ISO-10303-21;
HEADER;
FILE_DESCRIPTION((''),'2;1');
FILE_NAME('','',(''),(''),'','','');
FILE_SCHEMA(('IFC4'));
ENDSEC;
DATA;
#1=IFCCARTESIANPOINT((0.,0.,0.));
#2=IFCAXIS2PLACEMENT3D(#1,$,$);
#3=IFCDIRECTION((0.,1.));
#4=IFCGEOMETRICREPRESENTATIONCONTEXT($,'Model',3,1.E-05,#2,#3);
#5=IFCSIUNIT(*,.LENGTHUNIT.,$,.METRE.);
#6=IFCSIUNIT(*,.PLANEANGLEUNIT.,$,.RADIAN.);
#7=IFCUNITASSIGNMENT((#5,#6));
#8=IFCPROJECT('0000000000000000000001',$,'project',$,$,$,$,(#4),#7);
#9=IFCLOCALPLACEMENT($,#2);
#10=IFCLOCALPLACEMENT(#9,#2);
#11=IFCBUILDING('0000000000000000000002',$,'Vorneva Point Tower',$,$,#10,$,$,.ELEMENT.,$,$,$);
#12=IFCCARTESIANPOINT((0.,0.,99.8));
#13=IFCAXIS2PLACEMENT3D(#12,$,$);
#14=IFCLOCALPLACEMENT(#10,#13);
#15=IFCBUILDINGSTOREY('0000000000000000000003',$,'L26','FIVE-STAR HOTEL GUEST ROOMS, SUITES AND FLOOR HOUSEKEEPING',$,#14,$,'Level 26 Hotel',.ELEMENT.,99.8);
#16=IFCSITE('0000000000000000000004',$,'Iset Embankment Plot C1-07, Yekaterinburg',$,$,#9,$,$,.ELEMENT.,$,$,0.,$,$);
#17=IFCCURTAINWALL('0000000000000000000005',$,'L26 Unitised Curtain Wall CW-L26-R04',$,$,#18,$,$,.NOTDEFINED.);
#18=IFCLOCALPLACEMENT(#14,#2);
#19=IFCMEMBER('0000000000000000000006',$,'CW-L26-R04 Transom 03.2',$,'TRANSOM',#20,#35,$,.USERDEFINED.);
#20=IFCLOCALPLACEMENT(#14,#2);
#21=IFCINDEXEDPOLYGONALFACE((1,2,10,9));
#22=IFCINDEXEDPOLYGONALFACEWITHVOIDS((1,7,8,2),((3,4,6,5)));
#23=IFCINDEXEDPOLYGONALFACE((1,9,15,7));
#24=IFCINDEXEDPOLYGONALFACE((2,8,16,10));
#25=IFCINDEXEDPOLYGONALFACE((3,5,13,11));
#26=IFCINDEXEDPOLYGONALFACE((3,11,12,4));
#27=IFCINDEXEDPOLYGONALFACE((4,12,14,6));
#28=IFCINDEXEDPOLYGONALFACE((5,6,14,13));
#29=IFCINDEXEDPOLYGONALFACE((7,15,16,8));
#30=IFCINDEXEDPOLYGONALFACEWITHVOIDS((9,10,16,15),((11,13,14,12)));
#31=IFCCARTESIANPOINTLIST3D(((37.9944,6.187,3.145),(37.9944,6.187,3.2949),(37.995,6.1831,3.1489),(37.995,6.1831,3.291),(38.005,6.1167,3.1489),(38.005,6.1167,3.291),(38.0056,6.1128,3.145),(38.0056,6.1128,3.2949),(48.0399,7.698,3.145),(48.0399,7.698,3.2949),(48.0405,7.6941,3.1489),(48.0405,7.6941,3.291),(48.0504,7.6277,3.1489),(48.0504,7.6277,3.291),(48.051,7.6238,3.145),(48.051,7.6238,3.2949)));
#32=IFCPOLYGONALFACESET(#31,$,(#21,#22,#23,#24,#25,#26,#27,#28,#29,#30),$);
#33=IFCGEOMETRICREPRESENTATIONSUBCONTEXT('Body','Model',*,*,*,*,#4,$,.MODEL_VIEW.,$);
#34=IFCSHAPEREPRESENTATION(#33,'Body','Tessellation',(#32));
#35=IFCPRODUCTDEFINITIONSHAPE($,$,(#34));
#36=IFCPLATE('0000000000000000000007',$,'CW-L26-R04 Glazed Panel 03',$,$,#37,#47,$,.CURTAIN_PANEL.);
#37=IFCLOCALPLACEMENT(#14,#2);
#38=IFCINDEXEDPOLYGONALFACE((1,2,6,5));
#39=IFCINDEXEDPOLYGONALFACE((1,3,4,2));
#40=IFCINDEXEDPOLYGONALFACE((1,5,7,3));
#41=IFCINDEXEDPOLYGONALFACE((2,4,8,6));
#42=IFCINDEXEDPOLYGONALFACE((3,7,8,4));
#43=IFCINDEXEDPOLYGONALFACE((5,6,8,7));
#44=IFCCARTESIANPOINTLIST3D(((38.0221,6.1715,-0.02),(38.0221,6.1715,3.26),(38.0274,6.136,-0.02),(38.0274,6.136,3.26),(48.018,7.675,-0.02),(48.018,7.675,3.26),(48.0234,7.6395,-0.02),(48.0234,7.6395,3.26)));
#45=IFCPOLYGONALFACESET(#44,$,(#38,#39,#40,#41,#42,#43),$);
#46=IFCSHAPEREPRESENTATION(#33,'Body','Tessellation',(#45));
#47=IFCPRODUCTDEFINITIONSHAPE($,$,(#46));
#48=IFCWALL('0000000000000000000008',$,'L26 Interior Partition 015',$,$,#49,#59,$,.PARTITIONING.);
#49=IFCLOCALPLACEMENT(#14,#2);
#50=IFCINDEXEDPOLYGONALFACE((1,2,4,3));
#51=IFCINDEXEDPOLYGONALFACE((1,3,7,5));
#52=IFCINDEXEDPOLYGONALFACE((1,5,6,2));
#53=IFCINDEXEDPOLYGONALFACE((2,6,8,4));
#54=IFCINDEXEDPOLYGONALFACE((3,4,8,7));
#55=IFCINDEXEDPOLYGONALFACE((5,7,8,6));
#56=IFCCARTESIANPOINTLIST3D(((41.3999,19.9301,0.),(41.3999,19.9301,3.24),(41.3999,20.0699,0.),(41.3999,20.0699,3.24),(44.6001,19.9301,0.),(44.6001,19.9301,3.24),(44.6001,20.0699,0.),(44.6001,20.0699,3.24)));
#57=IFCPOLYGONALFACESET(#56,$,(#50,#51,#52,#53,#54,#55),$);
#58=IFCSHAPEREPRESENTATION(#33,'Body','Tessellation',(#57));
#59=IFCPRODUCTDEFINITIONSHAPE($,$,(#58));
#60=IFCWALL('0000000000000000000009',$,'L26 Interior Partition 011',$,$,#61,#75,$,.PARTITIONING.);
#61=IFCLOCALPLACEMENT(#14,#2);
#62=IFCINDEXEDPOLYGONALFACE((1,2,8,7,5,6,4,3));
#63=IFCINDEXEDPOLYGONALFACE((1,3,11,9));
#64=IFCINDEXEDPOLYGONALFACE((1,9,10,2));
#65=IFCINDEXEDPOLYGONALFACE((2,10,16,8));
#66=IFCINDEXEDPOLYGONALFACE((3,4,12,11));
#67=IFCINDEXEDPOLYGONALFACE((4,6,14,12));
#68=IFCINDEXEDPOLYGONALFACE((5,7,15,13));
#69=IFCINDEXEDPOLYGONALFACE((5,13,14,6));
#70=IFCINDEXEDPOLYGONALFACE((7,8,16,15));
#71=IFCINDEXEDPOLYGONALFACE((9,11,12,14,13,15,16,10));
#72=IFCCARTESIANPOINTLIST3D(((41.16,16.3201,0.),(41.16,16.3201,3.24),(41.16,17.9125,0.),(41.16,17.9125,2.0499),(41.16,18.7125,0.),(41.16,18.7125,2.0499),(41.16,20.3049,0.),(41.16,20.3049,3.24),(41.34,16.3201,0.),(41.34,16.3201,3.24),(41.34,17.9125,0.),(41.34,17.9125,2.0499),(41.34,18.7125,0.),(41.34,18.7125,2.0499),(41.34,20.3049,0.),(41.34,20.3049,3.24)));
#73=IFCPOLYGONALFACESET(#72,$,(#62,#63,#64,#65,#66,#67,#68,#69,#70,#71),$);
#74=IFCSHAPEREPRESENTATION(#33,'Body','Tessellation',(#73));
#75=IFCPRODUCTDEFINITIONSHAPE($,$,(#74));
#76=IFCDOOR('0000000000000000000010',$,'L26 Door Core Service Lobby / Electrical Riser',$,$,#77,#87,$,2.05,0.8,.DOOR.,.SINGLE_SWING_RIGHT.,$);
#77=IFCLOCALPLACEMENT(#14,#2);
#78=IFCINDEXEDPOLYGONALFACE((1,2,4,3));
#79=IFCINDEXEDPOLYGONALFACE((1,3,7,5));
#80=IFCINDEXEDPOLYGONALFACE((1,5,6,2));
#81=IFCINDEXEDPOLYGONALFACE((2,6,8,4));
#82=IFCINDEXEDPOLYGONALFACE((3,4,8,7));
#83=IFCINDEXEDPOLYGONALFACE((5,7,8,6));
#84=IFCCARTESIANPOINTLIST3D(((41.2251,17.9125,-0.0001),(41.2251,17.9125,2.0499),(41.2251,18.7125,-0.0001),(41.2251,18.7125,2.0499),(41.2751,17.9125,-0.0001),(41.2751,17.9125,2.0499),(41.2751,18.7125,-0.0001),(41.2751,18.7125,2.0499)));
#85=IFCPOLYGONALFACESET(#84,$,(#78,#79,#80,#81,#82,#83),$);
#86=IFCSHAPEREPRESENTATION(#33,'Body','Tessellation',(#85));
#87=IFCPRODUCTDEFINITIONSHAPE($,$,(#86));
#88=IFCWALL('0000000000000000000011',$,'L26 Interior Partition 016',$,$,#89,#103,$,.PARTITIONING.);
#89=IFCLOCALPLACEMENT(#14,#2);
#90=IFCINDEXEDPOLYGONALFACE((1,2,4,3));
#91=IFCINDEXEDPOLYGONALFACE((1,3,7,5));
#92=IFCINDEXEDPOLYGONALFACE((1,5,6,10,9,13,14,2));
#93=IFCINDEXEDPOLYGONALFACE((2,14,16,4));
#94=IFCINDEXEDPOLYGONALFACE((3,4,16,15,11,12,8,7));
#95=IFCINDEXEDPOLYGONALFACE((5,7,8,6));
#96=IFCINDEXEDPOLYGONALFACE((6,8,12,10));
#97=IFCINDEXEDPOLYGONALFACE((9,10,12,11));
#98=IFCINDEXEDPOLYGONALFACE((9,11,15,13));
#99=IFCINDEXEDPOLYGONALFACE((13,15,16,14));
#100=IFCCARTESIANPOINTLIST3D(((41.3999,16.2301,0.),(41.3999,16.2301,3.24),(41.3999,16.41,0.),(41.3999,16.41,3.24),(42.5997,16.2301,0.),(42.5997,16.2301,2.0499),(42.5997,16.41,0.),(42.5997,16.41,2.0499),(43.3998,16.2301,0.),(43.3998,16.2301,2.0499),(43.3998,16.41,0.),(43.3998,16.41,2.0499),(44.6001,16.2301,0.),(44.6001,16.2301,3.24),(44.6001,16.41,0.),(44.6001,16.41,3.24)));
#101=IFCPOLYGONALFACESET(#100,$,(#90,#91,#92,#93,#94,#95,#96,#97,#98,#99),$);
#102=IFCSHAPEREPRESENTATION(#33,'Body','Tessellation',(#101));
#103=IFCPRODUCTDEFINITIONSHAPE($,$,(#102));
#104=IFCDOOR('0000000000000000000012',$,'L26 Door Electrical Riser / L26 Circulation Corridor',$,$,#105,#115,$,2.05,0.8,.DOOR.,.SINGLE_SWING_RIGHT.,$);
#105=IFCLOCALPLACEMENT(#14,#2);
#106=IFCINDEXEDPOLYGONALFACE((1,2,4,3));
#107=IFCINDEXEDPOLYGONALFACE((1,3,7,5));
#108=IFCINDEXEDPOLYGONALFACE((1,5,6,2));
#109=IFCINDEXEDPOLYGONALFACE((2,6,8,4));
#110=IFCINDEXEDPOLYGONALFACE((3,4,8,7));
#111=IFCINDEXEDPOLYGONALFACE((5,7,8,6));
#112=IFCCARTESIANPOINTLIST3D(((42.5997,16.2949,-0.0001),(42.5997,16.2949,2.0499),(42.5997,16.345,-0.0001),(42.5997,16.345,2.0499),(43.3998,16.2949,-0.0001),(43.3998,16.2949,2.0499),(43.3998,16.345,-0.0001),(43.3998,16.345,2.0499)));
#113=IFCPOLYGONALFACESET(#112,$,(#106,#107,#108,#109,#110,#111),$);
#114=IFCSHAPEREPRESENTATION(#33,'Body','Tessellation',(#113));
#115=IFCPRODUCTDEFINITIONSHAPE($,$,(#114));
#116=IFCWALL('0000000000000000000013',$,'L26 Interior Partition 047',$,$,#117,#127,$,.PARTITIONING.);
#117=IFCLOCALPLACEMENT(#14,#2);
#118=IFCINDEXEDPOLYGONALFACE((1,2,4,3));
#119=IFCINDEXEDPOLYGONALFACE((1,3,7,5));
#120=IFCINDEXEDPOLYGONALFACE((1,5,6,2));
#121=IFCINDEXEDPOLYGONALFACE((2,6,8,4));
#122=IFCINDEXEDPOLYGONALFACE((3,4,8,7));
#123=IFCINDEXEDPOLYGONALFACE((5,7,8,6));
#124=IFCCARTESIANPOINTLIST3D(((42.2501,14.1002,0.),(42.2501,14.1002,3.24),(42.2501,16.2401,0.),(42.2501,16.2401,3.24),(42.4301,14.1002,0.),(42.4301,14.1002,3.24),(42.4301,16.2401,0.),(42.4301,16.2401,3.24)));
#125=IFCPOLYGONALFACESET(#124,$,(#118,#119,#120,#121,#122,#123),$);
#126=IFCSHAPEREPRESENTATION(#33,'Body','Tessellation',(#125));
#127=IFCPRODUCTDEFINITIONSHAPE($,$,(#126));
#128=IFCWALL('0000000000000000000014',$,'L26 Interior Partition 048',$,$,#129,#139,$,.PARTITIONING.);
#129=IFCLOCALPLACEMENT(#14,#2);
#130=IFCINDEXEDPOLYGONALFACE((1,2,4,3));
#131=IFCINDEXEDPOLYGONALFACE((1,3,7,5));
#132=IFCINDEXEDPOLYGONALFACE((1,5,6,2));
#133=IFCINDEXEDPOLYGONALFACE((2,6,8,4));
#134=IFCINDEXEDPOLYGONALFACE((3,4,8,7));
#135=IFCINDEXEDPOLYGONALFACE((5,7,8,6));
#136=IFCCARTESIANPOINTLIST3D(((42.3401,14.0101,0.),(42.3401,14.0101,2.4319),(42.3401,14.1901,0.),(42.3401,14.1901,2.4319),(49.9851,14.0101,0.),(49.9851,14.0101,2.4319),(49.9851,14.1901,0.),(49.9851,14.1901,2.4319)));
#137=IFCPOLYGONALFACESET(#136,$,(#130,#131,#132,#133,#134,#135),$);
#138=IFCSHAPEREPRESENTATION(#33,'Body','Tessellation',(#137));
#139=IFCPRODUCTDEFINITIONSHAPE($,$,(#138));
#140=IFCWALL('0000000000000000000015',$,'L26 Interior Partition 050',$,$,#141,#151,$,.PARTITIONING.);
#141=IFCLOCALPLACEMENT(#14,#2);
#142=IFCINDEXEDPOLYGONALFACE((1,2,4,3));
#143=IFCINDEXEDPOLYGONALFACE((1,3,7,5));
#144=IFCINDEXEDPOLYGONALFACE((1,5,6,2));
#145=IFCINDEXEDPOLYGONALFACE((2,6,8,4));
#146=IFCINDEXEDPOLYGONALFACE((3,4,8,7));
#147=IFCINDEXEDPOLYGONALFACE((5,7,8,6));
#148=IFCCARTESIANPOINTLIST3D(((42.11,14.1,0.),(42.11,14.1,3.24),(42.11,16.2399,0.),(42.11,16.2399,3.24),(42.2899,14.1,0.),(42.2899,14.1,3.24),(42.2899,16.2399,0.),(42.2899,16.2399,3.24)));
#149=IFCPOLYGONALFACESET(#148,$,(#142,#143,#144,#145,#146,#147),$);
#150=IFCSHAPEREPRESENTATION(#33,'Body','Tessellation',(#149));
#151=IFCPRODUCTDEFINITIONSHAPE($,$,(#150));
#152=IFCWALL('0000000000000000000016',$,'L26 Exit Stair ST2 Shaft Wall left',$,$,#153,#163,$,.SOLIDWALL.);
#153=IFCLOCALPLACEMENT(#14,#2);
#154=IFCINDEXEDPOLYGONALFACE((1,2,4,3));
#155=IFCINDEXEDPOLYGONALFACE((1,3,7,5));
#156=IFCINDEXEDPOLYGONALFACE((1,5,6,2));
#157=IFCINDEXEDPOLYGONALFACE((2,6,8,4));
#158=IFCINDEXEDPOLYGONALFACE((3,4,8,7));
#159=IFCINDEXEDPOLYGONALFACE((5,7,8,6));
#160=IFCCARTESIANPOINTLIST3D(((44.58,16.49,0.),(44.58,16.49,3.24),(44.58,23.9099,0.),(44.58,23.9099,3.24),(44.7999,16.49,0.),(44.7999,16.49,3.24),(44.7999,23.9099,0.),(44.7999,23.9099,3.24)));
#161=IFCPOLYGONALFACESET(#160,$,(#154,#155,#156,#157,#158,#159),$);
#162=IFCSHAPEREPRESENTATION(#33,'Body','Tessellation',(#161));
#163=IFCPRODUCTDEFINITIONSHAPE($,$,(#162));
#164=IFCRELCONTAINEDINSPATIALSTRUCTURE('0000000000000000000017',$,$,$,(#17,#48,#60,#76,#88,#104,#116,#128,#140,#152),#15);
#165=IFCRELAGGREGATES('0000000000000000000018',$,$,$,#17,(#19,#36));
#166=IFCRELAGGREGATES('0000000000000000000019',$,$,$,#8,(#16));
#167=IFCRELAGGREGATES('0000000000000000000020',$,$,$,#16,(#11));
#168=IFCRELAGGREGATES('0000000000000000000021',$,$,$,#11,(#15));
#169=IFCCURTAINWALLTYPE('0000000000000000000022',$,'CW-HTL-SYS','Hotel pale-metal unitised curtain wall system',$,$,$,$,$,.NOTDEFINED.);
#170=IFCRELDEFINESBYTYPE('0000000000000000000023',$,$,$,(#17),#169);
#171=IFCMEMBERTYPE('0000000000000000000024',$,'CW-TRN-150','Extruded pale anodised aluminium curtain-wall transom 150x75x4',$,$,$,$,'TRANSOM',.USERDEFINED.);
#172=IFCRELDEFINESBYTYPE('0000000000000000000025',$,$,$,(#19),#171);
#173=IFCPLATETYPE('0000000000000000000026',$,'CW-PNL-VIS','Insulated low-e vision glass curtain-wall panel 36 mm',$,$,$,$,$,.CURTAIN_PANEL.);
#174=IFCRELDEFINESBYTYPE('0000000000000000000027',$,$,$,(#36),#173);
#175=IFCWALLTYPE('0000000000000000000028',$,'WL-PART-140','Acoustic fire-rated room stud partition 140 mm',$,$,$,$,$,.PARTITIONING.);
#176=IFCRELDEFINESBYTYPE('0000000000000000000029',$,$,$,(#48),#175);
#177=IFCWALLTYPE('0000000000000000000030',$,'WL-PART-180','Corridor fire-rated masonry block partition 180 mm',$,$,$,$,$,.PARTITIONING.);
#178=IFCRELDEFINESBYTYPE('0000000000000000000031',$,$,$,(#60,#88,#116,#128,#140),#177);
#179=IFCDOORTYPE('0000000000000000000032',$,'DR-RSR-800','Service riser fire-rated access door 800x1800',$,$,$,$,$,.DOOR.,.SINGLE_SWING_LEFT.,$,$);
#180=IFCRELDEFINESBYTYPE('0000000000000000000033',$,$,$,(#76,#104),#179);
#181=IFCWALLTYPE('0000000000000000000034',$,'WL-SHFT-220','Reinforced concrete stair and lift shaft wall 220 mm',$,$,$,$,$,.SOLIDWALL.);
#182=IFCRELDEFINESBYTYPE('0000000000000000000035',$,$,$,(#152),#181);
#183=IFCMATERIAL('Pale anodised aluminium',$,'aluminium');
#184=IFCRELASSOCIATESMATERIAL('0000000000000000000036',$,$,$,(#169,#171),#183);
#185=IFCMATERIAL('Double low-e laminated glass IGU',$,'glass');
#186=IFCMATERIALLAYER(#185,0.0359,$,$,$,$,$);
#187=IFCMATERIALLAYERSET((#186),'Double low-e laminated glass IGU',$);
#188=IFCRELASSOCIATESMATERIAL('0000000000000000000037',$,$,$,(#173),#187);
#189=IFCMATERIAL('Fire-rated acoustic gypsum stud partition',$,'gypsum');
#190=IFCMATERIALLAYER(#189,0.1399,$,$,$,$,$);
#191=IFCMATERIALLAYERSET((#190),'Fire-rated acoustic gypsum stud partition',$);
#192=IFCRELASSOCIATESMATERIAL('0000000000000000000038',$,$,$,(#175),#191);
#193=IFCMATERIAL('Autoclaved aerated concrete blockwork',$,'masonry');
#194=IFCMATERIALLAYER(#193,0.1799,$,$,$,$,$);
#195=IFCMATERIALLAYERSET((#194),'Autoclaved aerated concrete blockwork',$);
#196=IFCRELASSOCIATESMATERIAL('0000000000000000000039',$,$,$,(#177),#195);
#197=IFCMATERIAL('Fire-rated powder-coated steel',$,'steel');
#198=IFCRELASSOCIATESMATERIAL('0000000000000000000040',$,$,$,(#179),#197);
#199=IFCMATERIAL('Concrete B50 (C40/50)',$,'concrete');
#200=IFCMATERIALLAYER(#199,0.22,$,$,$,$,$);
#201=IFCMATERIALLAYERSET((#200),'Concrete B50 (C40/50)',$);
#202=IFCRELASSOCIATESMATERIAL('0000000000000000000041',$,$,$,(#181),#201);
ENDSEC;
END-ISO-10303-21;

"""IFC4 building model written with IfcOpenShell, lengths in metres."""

from ifc_helpers import new_model, si_unit, direction, frame, frame_2d, origin, origin_2d, place, context, subcontext, project, spatial, rectangle, hollow_rectangle, extrude, material, layer, layer_set, material_profile, profile_set, type_object, element, fill, aggregate, save


model = new_model("IFC4")

# Units and contexts
model_context = context("Model", 3, precision=1e-05, world=origin(), true_north=direction((0.0, 1.0)))
body_context = subcontext(model_context, "Body", "Model", "MODEL_VIEW")
ifc_project = project(units=[si_unit("LENGTHUNIT", "METRE"), si_unit("PLANEANGLEUNIT", "RADIAN")], contexts=[model_context])

# Site, building, storey
site_placement = place(None, origin())
site = spatial("IfcSite", under=ifc_project, at=site_placement, Name="Iset Embankment Plot C1-07, Yekaterinburg", CompositionType="ELEMENT", RefElevation=0.0)
building_placement = place(site_placement, origin())
building = spatial("IfcBuilding", under=site, at=building_placement, Name="Vorneva Point Tower", CompositionType="ELEMENT")
storey_placement = place(building_placement, frame((0.0, 0.0, 99.8)))
storey = spatial("IfcBuildingStorey", under=building, at=storey_placement, Name="L26", Description="FIVE-STAR HOTEL GUEST ROOMS, SUITES AND FLOOR HOUSEKEEPING", LongName="Level 26 Hotel", CompositionType="ELEMENT", Elevation=99.8)

# Curtain wall, member, plate
ifc_material_1 = material(Name="Pale anodised aluminium", Category="aluminium")
curtain_wall_type = type_object("IfcCurtainWallType", Name="CW-HTL-SYS", Description="Hotel pale-metal unitised curtain wall system", PredefinedType="NOTDEFINED", material=ifc_material_1)
curtain_wall_placement = place(storey_placement, origin())
curtain_wall = element("IfcCurtainWall", 1, at=curtain_wall_placement, inside=storey, type_object=curtain_wall_type, Name="L26 Unitised Curtain Wall CW-L26-R04", PredefinedType="NOTDEFINED")
ifc_material_profile_1 = material_profile(ifc_material_1, hollow_rectangle(XDim=0.075, YDim=0.1499, WallThickness=0.0039, at=origin_2d()), Name="AL-TRN 150x75x4")
ifc_profile_set_1 = profile_set([ifc_material_profile_1], Name="Pale anodised aluminium")
member_type_1 = type_object("IfcMemberType", Name="CW-TRN-150", Description="Extruded pale anodised aluminium curtain-wall transom 150x75x4", ElementType="TRANSOM", PredefinedType="USERDEFINED", material=ifc_profile_set_1)
member_1_placement = place(storey_placement, frame((38.0, 6.1499, 3.22), z_axis=(0.988876, 0.148742, 0.0), x_axis=(-0.148742, 0.988876, 0.0)))
member_1 = element("IfcMember", 2, at=member_1_placement, type_object=member_type_1, Name="CW-L26-R04 Transom 03.2", ObjectType="TRANSOM", PredefinedType="USERDEFINED", context=body_context, shape_type="SweptSolid", body=[
    extrude(hollow_rectangle(XDim=0.075, YDim=0.1499, WallThickness=0.0039, at=origin_2d()), origin(), (0.0, 0.0, 1.0), 10.1584),
])
ifc_material_2 = material(Name="Double low-e laminated glass IGU", Category="glass")
ifc_layer_1 = layer(ifc_material_2, 0.0359)
ifc_layer_set_1 = layer_set([ifc_layer_1], Name="Double low-e laminated glass IGU")
plate_type = type_object("IfcPlateType", Name="CW-PNL-VIS", Description="Insulated low-e vision glass curtain-wall panel 36 mm", PredefinedType="CURTAIN_PANEL", material=ifc_layer_set_1)
plate_placement = place(storey_placement, frame((43.0227, 6.9055, -0.02), z_axis=(0.0, 0.0, 1.0), x_axis=(0.988876, 0.148741, 0.0)))
plate = element("IfcPlate", 3, at=plate_placement, type_object=plate_type, Name="CW-L26-R04 Glazed Panel 03", PredefinedType="CURTAIN_PANEL", context=body_context, shape_type="SweptSolid", body=[
    extrude(rectangle(XDim=10.1084, YDim=0.0359, at=origin_2d()), origin(), (0.0, 0.0, 1.0), 3.28),
])
aggregate(curtain_wall, [member_1, plate])

# Wall
ifc_material_3 = material(Name="Fire-rated acoustic gypsum stud partition", Category="gypsum")
ifc_layer_2 = layer(ifc_material_3, 0.1399)
ifc_layer_set_2 = layer_set([ifc_layer_2], Name="Fire-rated acoustic gypsum stud partition")
wall_type_1 = type_object("IfcWallType", Name="WL-PART-140", Description="Acoustic fire-rated room stud partition 140 mm", PredefinedType="PARTITIONING", material=ifc_layer_set_2)
wall_1_placement = place(storey_placement, frame((44.6001, 20.0, 0.0), z_axis=(0.0, 0.0, 1.0), x_axis=(-1.0, 0.0, 0.0)))
element("IfcWall", 4, at=wall_1_placement, inside=storey, type_object=wall_type_1, Name="L26 Interior Partition 015", PredefinedType="PARTITIONING", context=body_context, shape_type="SweptSolid", body=[
    extrude(rectangle(XDim=3.2002, YDim=0.1399, at=frame_2d((1.6001, 0.0))), origin(), (0.0, 0.0, 1.0), 3.24),
])

# Walls, openings, doors
ifc_material_4 = material(Name="Autoclaved aerated concrete blockwork", Category="masonry")
ifc_layer_3 = layer(ifc_material_4, 0.1799)
ifc_layer_set_3 = layer_set([ifc_layer_3], Name="Autoclaved aerated concrete blockwork")
wall_type_2 = type_object("IfcWallType", Name="WL-PART-180", Description="Corridor fire-rated masonry block partition 180 mm", PredefinedType="PARTITIONING", material=ifc_layer_set_3)
wall_2_placement = place(storey_placement, frame((41.25, 16.3201, 0.0), z_axis=(0.0, 0.0, 1.0), x_axis=(0.0, 1.0, 0.0)))
wall_2 = element("IfcWall", 5, at=wall_2_placement, inside=storey, type_object=wall_type_2, Name="L26 Interior Partition 011", PredefinedType="PARTITIONING", context=body_context, shape_type="SweptSolid", body=[
    extrude(rectangle(XDim=3.9849, YDim=0.1799, at=frame_2d((1.9924, 0.0))), origin(), (0.0, 0.0, 1.0), 3.24),
])
opening_1_placement = place(wall_2_placement, frame((1.5925, 0.0, 0.0)))
opening_1 = element("IfcOpeningElement", 6, at=opening_1_placement, cuts=wall_2, PredefinedType="OPENING", context=body_context, shape_type="SweptSolid", body=[
    extrude(rectangle(XDim=0.8, YDim=2.05, at=frame_2d((0.3999, 1.0249))), frame((0.0, 0.105, 0.0), z_axis=(0.0, -1.0, 0.0), x_axis=(1.0, 0.0, 0.0)), (0.0, 0.0, 1.0), 0.2097),
])
ifc_material_5 = material(Name="Fire-rated powder-coated steel", Category="steel")
door_type_1 = type_object("IfcDoorType", Name="DR-RSR-800", Description="Service riser fire-rated access door 800x1800", OperationType="SINGLE_SWING_LEFT", PredefinedType="DOOR", material=ifc_material_5)
door_1_placement = place(opening_1_placement, origin())
door_1 = element("IfcDoor", 7, at=door_1_placement, inside=storey, type_object=door_type_1, Name="L26 Door Core Service Lobby / Electrical Riser", OperationType="SINGLE_SWING_RIGHT", OverallHeight=2.05, OverallWidth=0.8, PredefinedType="DOOR", context=body_context, shape_type="SweptSolid", body=[
    extrude(rectangle(XDim=0.8, YDim=2.05, at=frame_2d((0.3999, 1.0249))), frame((0.0, 0.0249, 0.0), z_axis=(0.0, -1.0, 0.0), x_axis=(1.0, 0.0, 0.0)), (0.0, 0.0, 1.0), 0.05),
])
fill(opening_1, door_1)
wall_3_placement = place(storey_placement, frame((41.3999, 16.3201, 0.0), z_axis=(0.0, 0.0, 1.0), x_axis=(1.0, 0.0, 0.0)))
wall_3 = element("IfcWall", 8, at=wall_3_placement, inside=storey, type_object=wall_type_2, Name="L26 Interior Partition 016", PredefinedType="PARTITIONING", context=body_context, shape_type="SweptSolid", body=[
    extrude(rectangle(XDim=3.2002, YDim=0.1799, at=frame_2d((1.6001, 0.0))), origin(), (0.0, 0.0, 1.0), 3.24),
])
opening_2_placement = place(wall_3_placement, frame((1.2, 0.0, 0.0)))
opening_2 = element("IfcOpeningElement", 9, at=opening_2_placement, cuts=wall_3, PredefinedType="OPENING", context=body_context, shape_type="SweptSolid", body=[
    extrude(rectangle(XDim=0.8, YDim=2.05, at=frame_2d((0.3999, 1.0249))), frame((0.0, 0.105, 0.0), z_axis=(0.0, -1.0, 0.0), x_axis=(1.0, 0.0, 0.0)), (0.0, 0.0, 1.0), 0.2097),
])
door_2_placement = place(opening_2_placement, origin())
door_2 = element("IfcDoor", 10, at=door_2_placement, inside=storey, type_object=door_type_1, Name="L26 Door Electrical Riser / L26 Circulation Corridor", OperationType="SINGLE_SWING_RIGHT", OverallHeight=2.05, OverallWidth=0.8, PredefinedType="DOOR", context=body_context, shape_type="SweptSolid", body=[
    extrude(rectangle(XDim=0.8, YDim=2.05, at=frame_2d((0.3999, 1.0249))), frame((0.0, 0.0249, 0.0), z_axis=(0.0, -1.0, 0.0), x_axis=(1.0, 0.0, 0.0)), (0.0, 0.0, 1.0), 0.05),
])
fill(opening_2, door_2)

# Walls
wall_4_placement = place(storey_placement, frame((42.3401, 16.24, 0.0), z_axis=(0.0, 0.0, 1.0), x_axis=(0.0, -1.0, 0.0)))
element("IfcWall", 11, at=wall_4_placement, inside=storey, type_object=wall_type_2, Name="L26 Interior Partition 047", PredefinedType="PARTITIONING", context=body_context, shape_type="SweptSolid", body=[
    extrude(rectangle(XDim=2.1399, YDim=0.1799, at=frame_2d((1.0698, 0.0))), origin(), (0.0, 0.0, 1.0), 3.24),
])
wall_5_placement = place(storey_placement, frame((42.3401, 14.1001, 0.0), z_axis=(0.0, 0.0, 1.0), x_axis=(1.0, 0.0, 0.0)))
element("IfcWall", 12, at=wall_5_placement, inside=storey, type_object=wall_type_2, Name="L26 Interior Partition 048", PredefinedType="PARTITIONING", context=body_context, shape_type="SweptSolid", body=[
    extrude(rectangle(XDim=7.645, YDim=0.1799, at=frame_2d((3.8225, 0.0))), origin(), (0.0, 0.0, 1.0), 2.4319),
])
wall_6_placement = place(storey_placement, frame((42.2, 14.1001, 0.0), z_axis=(0.0, 0.0, 1.0), x_axis=(0.0, 1.0, 0.0)))
element("IfcWall", 13, at=wall_6_placement, inside=storey, type_object=wall_type_2, Name="L26 Interior Partition 050", PredefinedType="PARTITIONING", context=body_context, shape_type="SweptSolid", body=[
    extrude(rectangle(XDim=2.1399, YDim=0.1799, at=frame_2d((1.0698, 0.0))), origin(), (0.0, 0.0, 1.0), 3.24),
])
ifc_material_6 = material(Name="Concrete B50 (C40/50)", Category="concrete")
ifc_layer_4 = layer(ifc_material_6, 0.22)
ifc_layer_set_4 = layer_set([ifc_layer_4], Name="Concrete B50 (C40/50)")
wall_type_3 = type_object("IfcWallType", Name="WL-SHFT-220", Description="Reinforced concrete stair and lift shaft wall 220 mm", PredefinedType="SOLIDWALL", material=ifc_layer_set_4)
wall_7_placement = place(storey_placement, frame((44.6899, 16.49, 0.0), z_axis=(0.0, 0.0, 1.0), x_axis=(0.0, 1.0, 0.0)))
element("IfcWall", 14, at=wall_7_placement, inside=storey, type_object=wall_type_3, Name="L26 Exit Stair ST2 Shaft Wall left", PredefinedType="SOLIDWALL", context=body_context, shape_type="SweptSolid", body=[
    extrude(rectangle(XDim=7.4199, YDim=0.22, at=frame_2d((3.71, 0.0))), origin(), (0.0, 0.0, 1.0), 3.24),
])

save(model, "model.ifc")
